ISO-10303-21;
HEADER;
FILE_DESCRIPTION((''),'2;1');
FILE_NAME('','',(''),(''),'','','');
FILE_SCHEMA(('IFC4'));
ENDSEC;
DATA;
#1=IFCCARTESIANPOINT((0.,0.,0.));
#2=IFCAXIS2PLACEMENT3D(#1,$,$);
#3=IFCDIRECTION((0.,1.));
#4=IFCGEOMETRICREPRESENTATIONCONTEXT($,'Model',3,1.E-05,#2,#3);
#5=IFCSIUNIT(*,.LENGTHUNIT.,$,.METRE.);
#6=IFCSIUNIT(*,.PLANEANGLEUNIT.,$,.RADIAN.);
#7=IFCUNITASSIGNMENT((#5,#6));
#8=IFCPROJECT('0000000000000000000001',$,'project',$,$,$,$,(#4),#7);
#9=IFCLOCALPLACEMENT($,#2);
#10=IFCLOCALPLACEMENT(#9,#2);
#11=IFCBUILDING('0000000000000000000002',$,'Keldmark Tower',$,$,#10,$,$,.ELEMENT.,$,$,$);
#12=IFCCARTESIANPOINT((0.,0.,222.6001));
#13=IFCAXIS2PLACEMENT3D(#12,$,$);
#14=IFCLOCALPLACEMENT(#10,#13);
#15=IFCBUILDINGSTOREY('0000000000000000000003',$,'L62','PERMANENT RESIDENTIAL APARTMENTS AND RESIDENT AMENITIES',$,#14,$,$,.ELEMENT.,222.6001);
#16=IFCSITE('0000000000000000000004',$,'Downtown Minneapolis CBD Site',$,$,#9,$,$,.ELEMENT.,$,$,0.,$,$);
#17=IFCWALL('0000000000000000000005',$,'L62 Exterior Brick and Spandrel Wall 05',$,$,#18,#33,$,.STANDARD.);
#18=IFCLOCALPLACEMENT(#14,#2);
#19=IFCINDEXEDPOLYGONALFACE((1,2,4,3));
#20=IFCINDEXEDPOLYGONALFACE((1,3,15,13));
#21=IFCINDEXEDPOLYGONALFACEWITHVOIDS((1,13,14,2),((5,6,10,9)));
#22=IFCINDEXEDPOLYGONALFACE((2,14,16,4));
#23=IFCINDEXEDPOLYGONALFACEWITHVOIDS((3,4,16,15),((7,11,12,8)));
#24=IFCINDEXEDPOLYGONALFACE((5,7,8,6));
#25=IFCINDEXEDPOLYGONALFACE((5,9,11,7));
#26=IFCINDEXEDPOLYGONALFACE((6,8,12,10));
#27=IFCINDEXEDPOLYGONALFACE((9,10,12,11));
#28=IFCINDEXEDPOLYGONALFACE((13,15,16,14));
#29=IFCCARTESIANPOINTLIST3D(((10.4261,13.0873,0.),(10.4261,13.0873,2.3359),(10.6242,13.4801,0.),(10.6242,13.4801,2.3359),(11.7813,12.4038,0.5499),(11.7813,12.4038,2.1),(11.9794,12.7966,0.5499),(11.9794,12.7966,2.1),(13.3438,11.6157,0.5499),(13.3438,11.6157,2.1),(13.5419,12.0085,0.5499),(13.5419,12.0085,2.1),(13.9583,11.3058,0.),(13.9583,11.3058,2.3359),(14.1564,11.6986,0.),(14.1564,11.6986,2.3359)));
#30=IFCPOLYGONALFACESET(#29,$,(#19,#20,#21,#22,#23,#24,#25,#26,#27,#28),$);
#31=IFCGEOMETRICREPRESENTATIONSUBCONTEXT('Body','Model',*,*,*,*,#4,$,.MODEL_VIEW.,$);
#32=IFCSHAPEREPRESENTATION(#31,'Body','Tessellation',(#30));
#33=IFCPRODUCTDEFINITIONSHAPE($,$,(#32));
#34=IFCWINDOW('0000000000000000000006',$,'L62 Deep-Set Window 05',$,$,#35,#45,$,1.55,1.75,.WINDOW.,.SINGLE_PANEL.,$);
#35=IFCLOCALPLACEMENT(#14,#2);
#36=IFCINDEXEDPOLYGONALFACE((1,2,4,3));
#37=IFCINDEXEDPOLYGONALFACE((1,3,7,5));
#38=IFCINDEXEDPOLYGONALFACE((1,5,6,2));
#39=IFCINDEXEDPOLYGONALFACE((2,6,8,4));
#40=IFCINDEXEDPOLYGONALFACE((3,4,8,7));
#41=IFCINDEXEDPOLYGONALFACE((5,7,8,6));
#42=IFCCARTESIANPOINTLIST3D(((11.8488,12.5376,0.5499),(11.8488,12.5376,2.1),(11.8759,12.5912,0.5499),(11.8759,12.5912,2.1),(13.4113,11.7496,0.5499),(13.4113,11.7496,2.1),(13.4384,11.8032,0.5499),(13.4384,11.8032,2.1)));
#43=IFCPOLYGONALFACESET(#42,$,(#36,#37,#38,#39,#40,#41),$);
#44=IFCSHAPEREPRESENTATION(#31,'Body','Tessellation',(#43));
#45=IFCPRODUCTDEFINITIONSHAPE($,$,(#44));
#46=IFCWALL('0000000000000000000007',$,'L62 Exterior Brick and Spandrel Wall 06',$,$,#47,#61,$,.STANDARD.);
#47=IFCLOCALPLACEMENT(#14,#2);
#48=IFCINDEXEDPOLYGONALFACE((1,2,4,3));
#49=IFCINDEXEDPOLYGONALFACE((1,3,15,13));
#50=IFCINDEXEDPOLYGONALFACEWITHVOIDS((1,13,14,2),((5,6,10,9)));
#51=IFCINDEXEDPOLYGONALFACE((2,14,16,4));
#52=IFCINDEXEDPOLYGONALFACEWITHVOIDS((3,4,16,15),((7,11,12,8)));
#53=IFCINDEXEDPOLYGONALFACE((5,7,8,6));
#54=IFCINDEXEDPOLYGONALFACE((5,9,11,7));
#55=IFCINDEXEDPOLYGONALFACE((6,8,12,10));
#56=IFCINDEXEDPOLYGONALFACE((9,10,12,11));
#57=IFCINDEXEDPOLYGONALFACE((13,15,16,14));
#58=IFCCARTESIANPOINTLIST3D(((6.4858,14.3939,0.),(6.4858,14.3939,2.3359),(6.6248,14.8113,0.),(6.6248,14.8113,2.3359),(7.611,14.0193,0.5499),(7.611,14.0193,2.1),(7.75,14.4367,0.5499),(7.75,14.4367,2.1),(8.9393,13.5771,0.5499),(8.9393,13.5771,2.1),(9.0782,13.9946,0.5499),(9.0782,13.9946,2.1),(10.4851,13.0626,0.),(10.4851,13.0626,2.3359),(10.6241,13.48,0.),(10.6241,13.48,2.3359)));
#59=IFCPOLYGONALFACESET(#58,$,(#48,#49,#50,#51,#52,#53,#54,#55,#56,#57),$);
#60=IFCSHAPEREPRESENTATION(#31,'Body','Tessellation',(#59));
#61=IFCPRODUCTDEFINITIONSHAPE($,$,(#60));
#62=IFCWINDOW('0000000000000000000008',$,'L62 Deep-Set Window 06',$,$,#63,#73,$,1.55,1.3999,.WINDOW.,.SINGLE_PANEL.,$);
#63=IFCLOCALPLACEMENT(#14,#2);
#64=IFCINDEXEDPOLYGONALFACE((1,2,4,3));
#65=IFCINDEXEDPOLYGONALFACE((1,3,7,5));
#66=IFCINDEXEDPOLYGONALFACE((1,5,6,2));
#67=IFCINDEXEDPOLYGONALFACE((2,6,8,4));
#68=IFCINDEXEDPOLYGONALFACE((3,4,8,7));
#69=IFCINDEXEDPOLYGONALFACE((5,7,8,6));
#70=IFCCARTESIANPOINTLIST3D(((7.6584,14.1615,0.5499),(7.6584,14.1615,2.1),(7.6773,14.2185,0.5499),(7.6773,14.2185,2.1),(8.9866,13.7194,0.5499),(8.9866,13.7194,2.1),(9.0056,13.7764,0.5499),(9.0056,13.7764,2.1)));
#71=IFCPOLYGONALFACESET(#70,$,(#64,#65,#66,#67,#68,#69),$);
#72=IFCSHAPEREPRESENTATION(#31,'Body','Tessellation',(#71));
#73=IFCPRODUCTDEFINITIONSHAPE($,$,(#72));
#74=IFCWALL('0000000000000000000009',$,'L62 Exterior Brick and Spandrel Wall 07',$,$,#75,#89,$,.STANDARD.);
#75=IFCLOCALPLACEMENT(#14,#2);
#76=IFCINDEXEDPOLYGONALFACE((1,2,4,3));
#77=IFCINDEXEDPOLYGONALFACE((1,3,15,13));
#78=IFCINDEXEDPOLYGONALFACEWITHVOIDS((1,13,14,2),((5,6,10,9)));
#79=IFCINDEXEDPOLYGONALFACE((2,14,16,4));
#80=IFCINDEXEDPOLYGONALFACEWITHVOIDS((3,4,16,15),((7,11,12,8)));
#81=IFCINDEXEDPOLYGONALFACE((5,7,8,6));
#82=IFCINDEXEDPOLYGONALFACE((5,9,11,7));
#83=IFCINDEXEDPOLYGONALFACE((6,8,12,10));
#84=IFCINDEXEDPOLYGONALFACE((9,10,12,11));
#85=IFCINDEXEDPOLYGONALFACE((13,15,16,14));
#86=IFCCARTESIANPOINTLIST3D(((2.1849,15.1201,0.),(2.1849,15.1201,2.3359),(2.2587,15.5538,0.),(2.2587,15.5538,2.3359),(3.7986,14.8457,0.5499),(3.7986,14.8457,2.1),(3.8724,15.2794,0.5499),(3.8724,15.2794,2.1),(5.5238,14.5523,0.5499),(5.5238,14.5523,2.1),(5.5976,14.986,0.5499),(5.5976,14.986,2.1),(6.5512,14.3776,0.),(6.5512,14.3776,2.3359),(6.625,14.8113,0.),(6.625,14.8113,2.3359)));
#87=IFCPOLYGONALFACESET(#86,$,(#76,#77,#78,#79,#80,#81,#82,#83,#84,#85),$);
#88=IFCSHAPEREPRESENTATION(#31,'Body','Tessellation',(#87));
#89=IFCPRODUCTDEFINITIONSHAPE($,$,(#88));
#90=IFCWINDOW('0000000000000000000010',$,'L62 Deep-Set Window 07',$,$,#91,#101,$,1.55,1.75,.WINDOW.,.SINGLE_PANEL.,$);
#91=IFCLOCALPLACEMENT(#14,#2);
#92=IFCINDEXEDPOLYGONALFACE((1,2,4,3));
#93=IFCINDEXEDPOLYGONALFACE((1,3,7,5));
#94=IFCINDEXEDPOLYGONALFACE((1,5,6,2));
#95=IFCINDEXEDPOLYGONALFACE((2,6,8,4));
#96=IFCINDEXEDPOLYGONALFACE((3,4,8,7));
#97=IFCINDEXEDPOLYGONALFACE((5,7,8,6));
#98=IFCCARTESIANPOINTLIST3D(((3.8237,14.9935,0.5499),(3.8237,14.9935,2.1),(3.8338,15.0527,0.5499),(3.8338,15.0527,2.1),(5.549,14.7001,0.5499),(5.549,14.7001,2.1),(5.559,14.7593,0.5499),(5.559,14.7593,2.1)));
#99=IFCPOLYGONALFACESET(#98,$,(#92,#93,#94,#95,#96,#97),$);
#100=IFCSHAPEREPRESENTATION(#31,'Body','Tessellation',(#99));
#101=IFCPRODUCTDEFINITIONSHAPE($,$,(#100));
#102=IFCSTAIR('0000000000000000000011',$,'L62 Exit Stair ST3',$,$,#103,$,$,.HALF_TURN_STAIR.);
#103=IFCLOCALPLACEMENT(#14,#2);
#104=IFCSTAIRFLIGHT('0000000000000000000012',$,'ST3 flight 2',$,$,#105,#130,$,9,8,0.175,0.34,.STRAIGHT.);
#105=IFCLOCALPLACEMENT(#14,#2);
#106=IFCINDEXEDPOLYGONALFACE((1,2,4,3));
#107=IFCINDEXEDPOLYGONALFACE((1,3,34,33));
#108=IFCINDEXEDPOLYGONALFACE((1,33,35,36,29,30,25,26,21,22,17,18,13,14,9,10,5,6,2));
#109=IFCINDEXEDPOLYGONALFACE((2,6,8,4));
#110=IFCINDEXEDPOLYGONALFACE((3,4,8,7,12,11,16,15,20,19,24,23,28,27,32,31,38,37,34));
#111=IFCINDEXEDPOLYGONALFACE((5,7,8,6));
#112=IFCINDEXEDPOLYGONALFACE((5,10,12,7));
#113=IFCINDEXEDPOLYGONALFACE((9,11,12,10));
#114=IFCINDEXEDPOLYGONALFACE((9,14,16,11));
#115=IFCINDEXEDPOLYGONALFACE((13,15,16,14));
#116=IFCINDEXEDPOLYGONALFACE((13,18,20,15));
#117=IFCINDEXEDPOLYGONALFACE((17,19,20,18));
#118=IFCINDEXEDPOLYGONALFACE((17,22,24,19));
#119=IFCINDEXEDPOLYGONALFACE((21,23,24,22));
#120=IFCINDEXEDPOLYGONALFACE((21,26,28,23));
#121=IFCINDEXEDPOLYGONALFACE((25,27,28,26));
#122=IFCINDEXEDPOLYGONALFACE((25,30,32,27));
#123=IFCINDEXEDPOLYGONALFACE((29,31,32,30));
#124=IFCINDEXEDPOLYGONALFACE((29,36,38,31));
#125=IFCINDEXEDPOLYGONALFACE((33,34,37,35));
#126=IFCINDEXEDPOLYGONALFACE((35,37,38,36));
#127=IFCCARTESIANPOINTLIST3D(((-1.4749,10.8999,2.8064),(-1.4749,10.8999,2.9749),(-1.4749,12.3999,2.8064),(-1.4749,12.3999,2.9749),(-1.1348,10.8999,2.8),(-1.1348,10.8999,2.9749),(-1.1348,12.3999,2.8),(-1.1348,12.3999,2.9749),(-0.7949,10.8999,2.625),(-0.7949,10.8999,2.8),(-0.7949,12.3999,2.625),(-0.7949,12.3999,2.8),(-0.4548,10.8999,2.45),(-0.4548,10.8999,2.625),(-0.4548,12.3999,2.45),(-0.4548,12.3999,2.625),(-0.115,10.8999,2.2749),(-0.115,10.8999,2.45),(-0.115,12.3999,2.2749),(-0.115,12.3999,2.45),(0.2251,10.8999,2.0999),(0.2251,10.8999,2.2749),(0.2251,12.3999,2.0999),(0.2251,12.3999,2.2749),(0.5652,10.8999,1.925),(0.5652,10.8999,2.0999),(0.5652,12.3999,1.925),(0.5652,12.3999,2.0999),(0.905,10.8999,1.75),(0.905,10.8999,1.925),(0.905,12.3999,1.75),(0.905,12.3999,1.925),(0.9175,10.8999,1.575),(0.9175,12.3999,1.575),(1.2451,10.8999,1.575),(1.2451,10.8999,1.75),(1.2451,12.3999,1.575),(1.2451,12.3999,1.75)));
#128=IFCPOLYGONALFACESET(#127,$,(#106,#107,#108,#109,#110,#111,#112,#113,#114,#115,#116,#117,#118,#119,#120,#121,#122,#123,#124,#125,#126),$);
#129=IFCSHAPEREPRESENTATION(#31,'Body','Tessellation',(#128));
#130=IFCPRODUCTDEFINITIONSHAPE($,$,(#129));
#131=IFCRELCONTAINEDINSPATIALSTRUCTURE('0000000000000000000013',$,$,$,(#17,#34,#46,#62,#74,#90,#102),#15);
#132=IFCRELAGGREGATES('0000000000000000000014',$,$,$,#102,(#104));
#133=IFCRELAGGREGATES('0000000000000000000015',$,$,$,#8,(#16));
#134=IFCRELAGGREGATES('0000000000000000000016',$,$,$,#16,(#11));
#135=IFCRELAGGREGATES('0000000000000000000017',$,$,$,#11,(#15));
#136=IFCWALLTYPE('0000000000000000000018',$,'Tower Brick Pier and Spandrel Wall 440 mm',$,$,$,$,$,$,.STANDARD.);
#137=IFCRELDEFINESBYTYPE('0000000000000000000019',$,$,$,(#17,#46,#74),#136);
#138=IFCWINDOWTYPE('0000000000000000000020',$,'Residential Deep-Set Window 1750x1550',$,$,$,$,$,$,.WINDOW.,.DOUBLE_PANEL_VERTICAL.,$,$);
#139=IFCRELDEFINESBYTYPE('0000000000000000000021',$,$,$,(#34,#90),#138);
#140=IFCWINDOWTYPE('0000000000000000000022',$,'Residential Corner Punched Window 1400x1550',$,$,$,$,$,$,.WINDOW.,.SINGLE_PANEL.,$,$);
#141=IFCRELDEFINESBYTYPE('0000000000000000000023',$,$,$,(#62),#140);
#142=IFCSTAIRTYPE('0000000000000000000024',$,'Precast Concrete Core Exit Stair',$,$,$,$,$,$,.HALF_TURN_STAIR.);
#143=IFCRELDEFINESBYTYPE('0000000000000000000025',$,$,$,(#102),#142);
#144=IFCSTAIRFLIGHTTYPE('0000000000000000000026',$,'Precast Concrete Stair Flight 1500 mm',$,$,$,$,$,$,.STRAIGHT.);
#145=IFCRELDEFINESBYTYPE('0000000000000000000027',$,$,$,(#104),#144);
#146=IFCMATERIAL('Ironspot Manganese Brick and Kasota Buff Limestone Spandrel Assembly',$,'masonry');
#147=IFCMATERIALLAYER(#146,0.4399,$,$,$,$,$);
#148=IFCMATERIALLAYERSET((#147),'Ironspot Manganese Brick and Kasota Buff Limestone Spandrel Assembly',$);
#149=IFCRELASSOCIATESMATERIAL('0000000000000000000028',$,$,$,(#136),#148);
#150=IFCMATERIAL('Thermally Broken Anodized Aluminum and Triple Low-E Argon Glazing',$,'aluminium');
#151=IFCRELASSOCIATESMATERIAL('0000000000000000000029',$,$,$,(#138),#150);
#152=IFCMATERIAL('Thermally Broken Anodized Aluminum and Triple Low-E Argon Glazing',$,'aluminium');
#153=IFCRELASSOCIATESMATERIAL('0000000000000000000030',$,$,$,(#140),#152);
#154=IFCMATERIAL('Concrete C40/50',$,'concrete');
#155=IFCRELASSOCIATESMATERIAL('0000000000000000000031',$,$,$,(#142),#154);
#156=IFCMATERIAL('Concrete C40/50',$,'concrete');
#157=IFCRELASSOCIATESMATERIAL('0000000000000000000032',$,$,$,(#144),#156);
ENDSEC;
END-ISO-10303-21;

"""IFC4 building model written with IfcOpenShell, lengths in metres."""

from ifc_helpers import new_model, si_unit, direction, frame, frame_2d, origin, place, context, subcontext, project, spatial, polyline, rectangle, outline, extrude, material, layer, layer_set, type_object, element, fill, aggregate, save


model = new_model("IFC4")

# Units and contexts
model_context = context("Model", 3, precision=1e-05, world=origin(), true_north=direction((0.0, 1.0)))
body_context = subcontext(model_context, "Body", "Model", "MODEL_VIEW")
ifc_project = project(units=[si_unit("LENGTHUNIT", "METRE"), si_unit("PLANEANGLEUNIT", "RADIAN")], contexts=[model_context])

# Site, building, storey
site_placement = place(None, origin())
site = spatial("IfcSite", under=ifc_project, at=site_placement, Name="Downtown Minneapolis CBD Site", CompositionType="ELEMENT", RefElevation=0.0)
building_placement = place(site_placement, origin())
building = spatial("IfcBuilding", under=site, at=building_placement, Name="Keldmark Tower", CompositionType="ELEMENT")
storey_placement = place(building_placement, frame((0.0, 0.0, 222.6001)))
storey = spatial("IfcBuildingStorey", under=building, at=storey_placement, Name="L62", Description="PERMANENT RESIDENTIAL APARTMENTS AND RESIDENT AMENITIES", CompositionType="ELEMENT", Elevation=222.6001)

# Walls, openings, windows
ifc_material_1 = material(Name="Ironspot Manganese Brick and Kasota Buff Limestone Spandrel Assembly", Category="masonry")
ifc_layer_1 = layer(ifc_material_1, 0.4399)
ifc_layer_set_1 = layer_set([ifc_layer_1], Name="Ironspot Manganese Brick and Kasota Buff Limestone Spandrel Assembly")
wall_type_1 = type_object("IfcWallType", Name="Tower Brick Pier and Spandrel Wall 440 mm", PredefinedType="STANDARD", material=ifc_layer_set_1)
wall_1_placement = place(storey_placement, frame((10.5251, 13.2837, 0.0), z_axis=(0.0, 0.0, 1.0), x_axis=(0.892867, -0.450321, 0.0)))
wall_1 = element("IfcWall", 1, at=wall_1_placement, inside=storey, type_object=wall_type_1, Name="L62 Exterior Brick and Spandrel Wall 05", PredefinedType="STANDARD", context=body_context, shape_type="SweptSolid", body=[
    extrude(rectangle(XDim=3.9561, YDim=0.4399, at=frame_2d((1.978, 0.0))), origin(), (0.0, 0.0, 1.0), 2.3359),
])
opening_1_placement = place(wall_1_placement, frame((1.5178, 0.0, 0.55)))
opening_1 = element("IfcOpeningElement", 2, at=opening_1_placement, cuts=wall_1, PredefinedType="OPENING", context=body_context, shape_type="SweptSolid", body=[
    extrude(rectangle(XDim=1.75, YDim=1.55, at=frame_2d((0.875, 0.7749))), frame((0.0, 0.23, 0.0), z_axis=(0.0, -1.0, 0.0), x_axis=(1.0, 0.0, 0.0)), (0.0, 0.0, 1.0), 0.46),
])
ifc_material_2 = material(Name="Thermally Broken Anodized Aluminum and Triple Low-E Argon Glazing", Category="aluminium")
window_type_1 = type_object("IfcWindowType", Name="Residential Deep-Set Window 1750x1550", PartitioningType="DOUBLE_PANEL_VERTICAL", PredefinedType="WINDOW", material=ifc_material_2)
window_1_placement = place(opening_1_placement, origin())
window_1 = element("IfcWindow", 3, at=window_1_placement, inside=storey, type_object=window_type_1, Name="L62 Deep-Set Window 05", OverallHeight=1.55, OverallWidth=1.75, PartitioningType="SINGLE_PANEL", PredefinedType="WINDOW", context=body_context, shape_type="SweptSolid", body=[
    extrude(rectangle(XDim=1.75, YDim=1.55, at=frame_2d((0.875, 0.7749))), frame((0.0, -0.01, 0.0), z_axis=(0.0, -1.0, 0.0), x_axis=(1.0, 0.0, 0.0)), (0.0, 0.0, 1.0), 0.0601),
])
fill(opening_1, window_1)
wall_2_placement = place(storey_placement, frame((6.5554, 14.6025, 0.0), z_axis=(0.0, 0.0, 1.0), x_axis=(0.948811, -0.315845, 0.0)))
wall_2 = element("IfcWall", 4, at=wall_2_placement, inside=storey, type_object=wall_type_1, Name="L62 Exterior Brick and Spandrel Wall 06", PredefinedType="STANDARD", context=body_context, shape_type="SweptSolid", body=[
    extrude(rectangle(XDim=4.2151, YDim=0.4399, at=frame_2d((2.1074, 0.0))), origin(), (0.0, 0.0, 1.0), 2.3359),
])
opening_2_placement = place(wall_2_placement, frame((1.1858, 0.0, 0.55)))
opening_2 = element("IfcOpeningElement", 5, at=opening_2_placement, cuts=wall_2, PredefinedType="OPENING", context=body_context, shape_type="SweptSolid", body=[
    extrude(rectangle(XDim=1.3999, YDim=1.55, at=frame_2d((0.7, 0.7749))), frame((0.0, 0.23, 0.0), z_axis=(0.0, -1.0, 0.0), x_axis=(1.0, 0.0, 0.0)), (0.0, 0.0, 1.0), 0.46),
])
ifc_material_3 = material(Name="Thermally Broken Anodized Aluminum and Triple Low-E Argon Glazing", Category="aluminium")
window_type_2 = type_object("IfcWindowType", Name="Residential Corner Punched Window 1400x1550", PartitioningType="SINGLE_PANEL", PredefinedType="WINDOW", material=ifc_material_3)
window_2_placement = place(opening_2_placement, origin())
window_2 = element("IfcWindow", 6, at=window_2_placement, inside=storey, type_object=window_type_2, Name="L62 Deep-Set Window 06", OverallHeight=1.55, OverallWidth=1.3999, PartitioningType="SINGLE_PANEL", PredefinedType="WINDOW", context=body_context, shape_type="SweptSolid", body=[
    extrude(rectangle(XDim=1.3999, YDim=1.55, at=frame_2d((0.7, 0.7749))), frame((0.0, -0.01, 0.0), z_axis=(0.0, -1.0, 0.0), x_axis=(1.0, 0.0, 0.0)), (0.0, 0.0, 1.0), 0.0601),
])
fill(opening_2, window_2)
wall_3_placement = place(storey_placement, frame((2.2219, 15.3369, 0.0), z_axis=(0.0, 0.0, 1.0), x_axis=(0.985849, -0.167634, 0.0)))
wall_3 = element("IfcWall", 7, at=wall_3_placement, inside=storey, type_object=wall_type_1, Name="L62 Exterior Brick and Spandrel Wall 07", PredefinedType="STANDARD", context=body_context, shape_type="SweptSolid", body=[
    extrude(rectangle(XDim=4.429, YDim=0.4399, at=frame_2d((2.2144, 0.0))), origin(), (0.0, 0.0, 1.0), 2.3359),
])
opening_3_placement = place(wall_3_placement, frame((1.6367, 0.0, 0.55)))
opening_3 = element("IfcOpeningElement", 8, at=opening_3_placement, cuts=wall_3, PredefinedType="OPENING", context=body_context, shape_type="SweptSolid", body=[
    extrude(rectangle(XDim=1.75, YDim=1.55, at=frame_2d((0.875, 0.7749))), frame((0.0, 0.23, 0.0), z_axis=(0.0, -1.0, 0.0), x_axis=(1.0, 0.0, 0.0)), (0.0, 0.0, 1.0), 0.46),
])
window_3_placement = place(opening_3_placement, origin())
window_3 = element("IfcWindow", 9, at=window_3_placement, inside=storey, type_object=window_type_1, Name="L62 Deep-Set Window 07", OverallHeight=1.55, OverallWidth=1.75, PartitioningType="SINGLE_PANEL", PredefinedType="WINDOW", context=body_context, shape_type="SweptSolid", body=[
    extrude(rectangle(XDim=1.75, YDim=1.55, at=frame_2d((0.875, 0.7749))), frame((0.0, -0.01, 0.0), z_axis=(0.0, -1.0, 0.0), x_axis=(1.0, 0.0, 0.0)), (0.0, 0.0, 1.0), 0.0601),
])
fill(opening_3, window_3)

# Stair, stair flight
ifc_material_4 = material(Name="Concrete C40/50", Category="concrete")
stair_type = type_object("IfcStairType", Name="Precast Concrete Core Exit Stair", PredefinedType="HALF_TURN_STAIR", material=ifc_material_4)
stair_placement = place(storey_placement, origin())
stair = element("IfcStair", 10, at=stair_placement, inside=storey, type_object=stair_type, Name="L62 Exit Stair ST3", PredefinedType="HALF_TURN_STAIR")
ifc_material_5 = material(Name="Concrete C40/50", Category="concrete")
stair_flight_type = type_object("IfcStairFlightType", Name="Precast Concrete Stair Flight 1500 mm", PredefinedType="STRAIGHT", material=ifc_material_5)
stair_flight_placement = place(storey_placement, frame((1.2451, 11.6499, 1.575), z_axis=(0.0, 0.0, 1.0), x_axis=(-1.0, 0.0, 0.0)))
stair_flight = element("IfcStairFlight", 11, at=stair_flight_placement, type_object=stair_flight_type, Name="ST3 flight 2", NumberOfRisers=9, NumberOfTreads=8, PredefinedType="STRAIGHT", RiserHeight=0.175, TreadLength=0.34, context=body_context, shape_type="SweptSolid", body=[
    extrude(outline(polyline([(0.0, 0.0), (0.0, 0.175), (0.3401, 0.175), (0.3401, 0.3501), (0.6799, 0.3501), (0.6799, 0.5249), (1.02, 0.5249), (1.02, 0.7), (1.3601, 0.7), (1.3601, 0.875), (1.7, 0.875), (1.7, 1.05), (2.04, 1.05), (2.04, 1.2251), (2.3799, 1.2251), (2.3799, 1.3999), (2.72, 1.3999), (2.72, 1.575), (2.72, 1.2314), (0.3276, 0.0), (0.0, 0.0)])), frame((0.0, 0.75, 0.0), z_axis=(0.0, -1.0, 0.0), x_axis=(1.0, 0.0, 0.0)), (0.0, 0.0, 1.0), 1.5),
])
aggregate(stair, [stair_flight])

save(model, "model.ifc")
